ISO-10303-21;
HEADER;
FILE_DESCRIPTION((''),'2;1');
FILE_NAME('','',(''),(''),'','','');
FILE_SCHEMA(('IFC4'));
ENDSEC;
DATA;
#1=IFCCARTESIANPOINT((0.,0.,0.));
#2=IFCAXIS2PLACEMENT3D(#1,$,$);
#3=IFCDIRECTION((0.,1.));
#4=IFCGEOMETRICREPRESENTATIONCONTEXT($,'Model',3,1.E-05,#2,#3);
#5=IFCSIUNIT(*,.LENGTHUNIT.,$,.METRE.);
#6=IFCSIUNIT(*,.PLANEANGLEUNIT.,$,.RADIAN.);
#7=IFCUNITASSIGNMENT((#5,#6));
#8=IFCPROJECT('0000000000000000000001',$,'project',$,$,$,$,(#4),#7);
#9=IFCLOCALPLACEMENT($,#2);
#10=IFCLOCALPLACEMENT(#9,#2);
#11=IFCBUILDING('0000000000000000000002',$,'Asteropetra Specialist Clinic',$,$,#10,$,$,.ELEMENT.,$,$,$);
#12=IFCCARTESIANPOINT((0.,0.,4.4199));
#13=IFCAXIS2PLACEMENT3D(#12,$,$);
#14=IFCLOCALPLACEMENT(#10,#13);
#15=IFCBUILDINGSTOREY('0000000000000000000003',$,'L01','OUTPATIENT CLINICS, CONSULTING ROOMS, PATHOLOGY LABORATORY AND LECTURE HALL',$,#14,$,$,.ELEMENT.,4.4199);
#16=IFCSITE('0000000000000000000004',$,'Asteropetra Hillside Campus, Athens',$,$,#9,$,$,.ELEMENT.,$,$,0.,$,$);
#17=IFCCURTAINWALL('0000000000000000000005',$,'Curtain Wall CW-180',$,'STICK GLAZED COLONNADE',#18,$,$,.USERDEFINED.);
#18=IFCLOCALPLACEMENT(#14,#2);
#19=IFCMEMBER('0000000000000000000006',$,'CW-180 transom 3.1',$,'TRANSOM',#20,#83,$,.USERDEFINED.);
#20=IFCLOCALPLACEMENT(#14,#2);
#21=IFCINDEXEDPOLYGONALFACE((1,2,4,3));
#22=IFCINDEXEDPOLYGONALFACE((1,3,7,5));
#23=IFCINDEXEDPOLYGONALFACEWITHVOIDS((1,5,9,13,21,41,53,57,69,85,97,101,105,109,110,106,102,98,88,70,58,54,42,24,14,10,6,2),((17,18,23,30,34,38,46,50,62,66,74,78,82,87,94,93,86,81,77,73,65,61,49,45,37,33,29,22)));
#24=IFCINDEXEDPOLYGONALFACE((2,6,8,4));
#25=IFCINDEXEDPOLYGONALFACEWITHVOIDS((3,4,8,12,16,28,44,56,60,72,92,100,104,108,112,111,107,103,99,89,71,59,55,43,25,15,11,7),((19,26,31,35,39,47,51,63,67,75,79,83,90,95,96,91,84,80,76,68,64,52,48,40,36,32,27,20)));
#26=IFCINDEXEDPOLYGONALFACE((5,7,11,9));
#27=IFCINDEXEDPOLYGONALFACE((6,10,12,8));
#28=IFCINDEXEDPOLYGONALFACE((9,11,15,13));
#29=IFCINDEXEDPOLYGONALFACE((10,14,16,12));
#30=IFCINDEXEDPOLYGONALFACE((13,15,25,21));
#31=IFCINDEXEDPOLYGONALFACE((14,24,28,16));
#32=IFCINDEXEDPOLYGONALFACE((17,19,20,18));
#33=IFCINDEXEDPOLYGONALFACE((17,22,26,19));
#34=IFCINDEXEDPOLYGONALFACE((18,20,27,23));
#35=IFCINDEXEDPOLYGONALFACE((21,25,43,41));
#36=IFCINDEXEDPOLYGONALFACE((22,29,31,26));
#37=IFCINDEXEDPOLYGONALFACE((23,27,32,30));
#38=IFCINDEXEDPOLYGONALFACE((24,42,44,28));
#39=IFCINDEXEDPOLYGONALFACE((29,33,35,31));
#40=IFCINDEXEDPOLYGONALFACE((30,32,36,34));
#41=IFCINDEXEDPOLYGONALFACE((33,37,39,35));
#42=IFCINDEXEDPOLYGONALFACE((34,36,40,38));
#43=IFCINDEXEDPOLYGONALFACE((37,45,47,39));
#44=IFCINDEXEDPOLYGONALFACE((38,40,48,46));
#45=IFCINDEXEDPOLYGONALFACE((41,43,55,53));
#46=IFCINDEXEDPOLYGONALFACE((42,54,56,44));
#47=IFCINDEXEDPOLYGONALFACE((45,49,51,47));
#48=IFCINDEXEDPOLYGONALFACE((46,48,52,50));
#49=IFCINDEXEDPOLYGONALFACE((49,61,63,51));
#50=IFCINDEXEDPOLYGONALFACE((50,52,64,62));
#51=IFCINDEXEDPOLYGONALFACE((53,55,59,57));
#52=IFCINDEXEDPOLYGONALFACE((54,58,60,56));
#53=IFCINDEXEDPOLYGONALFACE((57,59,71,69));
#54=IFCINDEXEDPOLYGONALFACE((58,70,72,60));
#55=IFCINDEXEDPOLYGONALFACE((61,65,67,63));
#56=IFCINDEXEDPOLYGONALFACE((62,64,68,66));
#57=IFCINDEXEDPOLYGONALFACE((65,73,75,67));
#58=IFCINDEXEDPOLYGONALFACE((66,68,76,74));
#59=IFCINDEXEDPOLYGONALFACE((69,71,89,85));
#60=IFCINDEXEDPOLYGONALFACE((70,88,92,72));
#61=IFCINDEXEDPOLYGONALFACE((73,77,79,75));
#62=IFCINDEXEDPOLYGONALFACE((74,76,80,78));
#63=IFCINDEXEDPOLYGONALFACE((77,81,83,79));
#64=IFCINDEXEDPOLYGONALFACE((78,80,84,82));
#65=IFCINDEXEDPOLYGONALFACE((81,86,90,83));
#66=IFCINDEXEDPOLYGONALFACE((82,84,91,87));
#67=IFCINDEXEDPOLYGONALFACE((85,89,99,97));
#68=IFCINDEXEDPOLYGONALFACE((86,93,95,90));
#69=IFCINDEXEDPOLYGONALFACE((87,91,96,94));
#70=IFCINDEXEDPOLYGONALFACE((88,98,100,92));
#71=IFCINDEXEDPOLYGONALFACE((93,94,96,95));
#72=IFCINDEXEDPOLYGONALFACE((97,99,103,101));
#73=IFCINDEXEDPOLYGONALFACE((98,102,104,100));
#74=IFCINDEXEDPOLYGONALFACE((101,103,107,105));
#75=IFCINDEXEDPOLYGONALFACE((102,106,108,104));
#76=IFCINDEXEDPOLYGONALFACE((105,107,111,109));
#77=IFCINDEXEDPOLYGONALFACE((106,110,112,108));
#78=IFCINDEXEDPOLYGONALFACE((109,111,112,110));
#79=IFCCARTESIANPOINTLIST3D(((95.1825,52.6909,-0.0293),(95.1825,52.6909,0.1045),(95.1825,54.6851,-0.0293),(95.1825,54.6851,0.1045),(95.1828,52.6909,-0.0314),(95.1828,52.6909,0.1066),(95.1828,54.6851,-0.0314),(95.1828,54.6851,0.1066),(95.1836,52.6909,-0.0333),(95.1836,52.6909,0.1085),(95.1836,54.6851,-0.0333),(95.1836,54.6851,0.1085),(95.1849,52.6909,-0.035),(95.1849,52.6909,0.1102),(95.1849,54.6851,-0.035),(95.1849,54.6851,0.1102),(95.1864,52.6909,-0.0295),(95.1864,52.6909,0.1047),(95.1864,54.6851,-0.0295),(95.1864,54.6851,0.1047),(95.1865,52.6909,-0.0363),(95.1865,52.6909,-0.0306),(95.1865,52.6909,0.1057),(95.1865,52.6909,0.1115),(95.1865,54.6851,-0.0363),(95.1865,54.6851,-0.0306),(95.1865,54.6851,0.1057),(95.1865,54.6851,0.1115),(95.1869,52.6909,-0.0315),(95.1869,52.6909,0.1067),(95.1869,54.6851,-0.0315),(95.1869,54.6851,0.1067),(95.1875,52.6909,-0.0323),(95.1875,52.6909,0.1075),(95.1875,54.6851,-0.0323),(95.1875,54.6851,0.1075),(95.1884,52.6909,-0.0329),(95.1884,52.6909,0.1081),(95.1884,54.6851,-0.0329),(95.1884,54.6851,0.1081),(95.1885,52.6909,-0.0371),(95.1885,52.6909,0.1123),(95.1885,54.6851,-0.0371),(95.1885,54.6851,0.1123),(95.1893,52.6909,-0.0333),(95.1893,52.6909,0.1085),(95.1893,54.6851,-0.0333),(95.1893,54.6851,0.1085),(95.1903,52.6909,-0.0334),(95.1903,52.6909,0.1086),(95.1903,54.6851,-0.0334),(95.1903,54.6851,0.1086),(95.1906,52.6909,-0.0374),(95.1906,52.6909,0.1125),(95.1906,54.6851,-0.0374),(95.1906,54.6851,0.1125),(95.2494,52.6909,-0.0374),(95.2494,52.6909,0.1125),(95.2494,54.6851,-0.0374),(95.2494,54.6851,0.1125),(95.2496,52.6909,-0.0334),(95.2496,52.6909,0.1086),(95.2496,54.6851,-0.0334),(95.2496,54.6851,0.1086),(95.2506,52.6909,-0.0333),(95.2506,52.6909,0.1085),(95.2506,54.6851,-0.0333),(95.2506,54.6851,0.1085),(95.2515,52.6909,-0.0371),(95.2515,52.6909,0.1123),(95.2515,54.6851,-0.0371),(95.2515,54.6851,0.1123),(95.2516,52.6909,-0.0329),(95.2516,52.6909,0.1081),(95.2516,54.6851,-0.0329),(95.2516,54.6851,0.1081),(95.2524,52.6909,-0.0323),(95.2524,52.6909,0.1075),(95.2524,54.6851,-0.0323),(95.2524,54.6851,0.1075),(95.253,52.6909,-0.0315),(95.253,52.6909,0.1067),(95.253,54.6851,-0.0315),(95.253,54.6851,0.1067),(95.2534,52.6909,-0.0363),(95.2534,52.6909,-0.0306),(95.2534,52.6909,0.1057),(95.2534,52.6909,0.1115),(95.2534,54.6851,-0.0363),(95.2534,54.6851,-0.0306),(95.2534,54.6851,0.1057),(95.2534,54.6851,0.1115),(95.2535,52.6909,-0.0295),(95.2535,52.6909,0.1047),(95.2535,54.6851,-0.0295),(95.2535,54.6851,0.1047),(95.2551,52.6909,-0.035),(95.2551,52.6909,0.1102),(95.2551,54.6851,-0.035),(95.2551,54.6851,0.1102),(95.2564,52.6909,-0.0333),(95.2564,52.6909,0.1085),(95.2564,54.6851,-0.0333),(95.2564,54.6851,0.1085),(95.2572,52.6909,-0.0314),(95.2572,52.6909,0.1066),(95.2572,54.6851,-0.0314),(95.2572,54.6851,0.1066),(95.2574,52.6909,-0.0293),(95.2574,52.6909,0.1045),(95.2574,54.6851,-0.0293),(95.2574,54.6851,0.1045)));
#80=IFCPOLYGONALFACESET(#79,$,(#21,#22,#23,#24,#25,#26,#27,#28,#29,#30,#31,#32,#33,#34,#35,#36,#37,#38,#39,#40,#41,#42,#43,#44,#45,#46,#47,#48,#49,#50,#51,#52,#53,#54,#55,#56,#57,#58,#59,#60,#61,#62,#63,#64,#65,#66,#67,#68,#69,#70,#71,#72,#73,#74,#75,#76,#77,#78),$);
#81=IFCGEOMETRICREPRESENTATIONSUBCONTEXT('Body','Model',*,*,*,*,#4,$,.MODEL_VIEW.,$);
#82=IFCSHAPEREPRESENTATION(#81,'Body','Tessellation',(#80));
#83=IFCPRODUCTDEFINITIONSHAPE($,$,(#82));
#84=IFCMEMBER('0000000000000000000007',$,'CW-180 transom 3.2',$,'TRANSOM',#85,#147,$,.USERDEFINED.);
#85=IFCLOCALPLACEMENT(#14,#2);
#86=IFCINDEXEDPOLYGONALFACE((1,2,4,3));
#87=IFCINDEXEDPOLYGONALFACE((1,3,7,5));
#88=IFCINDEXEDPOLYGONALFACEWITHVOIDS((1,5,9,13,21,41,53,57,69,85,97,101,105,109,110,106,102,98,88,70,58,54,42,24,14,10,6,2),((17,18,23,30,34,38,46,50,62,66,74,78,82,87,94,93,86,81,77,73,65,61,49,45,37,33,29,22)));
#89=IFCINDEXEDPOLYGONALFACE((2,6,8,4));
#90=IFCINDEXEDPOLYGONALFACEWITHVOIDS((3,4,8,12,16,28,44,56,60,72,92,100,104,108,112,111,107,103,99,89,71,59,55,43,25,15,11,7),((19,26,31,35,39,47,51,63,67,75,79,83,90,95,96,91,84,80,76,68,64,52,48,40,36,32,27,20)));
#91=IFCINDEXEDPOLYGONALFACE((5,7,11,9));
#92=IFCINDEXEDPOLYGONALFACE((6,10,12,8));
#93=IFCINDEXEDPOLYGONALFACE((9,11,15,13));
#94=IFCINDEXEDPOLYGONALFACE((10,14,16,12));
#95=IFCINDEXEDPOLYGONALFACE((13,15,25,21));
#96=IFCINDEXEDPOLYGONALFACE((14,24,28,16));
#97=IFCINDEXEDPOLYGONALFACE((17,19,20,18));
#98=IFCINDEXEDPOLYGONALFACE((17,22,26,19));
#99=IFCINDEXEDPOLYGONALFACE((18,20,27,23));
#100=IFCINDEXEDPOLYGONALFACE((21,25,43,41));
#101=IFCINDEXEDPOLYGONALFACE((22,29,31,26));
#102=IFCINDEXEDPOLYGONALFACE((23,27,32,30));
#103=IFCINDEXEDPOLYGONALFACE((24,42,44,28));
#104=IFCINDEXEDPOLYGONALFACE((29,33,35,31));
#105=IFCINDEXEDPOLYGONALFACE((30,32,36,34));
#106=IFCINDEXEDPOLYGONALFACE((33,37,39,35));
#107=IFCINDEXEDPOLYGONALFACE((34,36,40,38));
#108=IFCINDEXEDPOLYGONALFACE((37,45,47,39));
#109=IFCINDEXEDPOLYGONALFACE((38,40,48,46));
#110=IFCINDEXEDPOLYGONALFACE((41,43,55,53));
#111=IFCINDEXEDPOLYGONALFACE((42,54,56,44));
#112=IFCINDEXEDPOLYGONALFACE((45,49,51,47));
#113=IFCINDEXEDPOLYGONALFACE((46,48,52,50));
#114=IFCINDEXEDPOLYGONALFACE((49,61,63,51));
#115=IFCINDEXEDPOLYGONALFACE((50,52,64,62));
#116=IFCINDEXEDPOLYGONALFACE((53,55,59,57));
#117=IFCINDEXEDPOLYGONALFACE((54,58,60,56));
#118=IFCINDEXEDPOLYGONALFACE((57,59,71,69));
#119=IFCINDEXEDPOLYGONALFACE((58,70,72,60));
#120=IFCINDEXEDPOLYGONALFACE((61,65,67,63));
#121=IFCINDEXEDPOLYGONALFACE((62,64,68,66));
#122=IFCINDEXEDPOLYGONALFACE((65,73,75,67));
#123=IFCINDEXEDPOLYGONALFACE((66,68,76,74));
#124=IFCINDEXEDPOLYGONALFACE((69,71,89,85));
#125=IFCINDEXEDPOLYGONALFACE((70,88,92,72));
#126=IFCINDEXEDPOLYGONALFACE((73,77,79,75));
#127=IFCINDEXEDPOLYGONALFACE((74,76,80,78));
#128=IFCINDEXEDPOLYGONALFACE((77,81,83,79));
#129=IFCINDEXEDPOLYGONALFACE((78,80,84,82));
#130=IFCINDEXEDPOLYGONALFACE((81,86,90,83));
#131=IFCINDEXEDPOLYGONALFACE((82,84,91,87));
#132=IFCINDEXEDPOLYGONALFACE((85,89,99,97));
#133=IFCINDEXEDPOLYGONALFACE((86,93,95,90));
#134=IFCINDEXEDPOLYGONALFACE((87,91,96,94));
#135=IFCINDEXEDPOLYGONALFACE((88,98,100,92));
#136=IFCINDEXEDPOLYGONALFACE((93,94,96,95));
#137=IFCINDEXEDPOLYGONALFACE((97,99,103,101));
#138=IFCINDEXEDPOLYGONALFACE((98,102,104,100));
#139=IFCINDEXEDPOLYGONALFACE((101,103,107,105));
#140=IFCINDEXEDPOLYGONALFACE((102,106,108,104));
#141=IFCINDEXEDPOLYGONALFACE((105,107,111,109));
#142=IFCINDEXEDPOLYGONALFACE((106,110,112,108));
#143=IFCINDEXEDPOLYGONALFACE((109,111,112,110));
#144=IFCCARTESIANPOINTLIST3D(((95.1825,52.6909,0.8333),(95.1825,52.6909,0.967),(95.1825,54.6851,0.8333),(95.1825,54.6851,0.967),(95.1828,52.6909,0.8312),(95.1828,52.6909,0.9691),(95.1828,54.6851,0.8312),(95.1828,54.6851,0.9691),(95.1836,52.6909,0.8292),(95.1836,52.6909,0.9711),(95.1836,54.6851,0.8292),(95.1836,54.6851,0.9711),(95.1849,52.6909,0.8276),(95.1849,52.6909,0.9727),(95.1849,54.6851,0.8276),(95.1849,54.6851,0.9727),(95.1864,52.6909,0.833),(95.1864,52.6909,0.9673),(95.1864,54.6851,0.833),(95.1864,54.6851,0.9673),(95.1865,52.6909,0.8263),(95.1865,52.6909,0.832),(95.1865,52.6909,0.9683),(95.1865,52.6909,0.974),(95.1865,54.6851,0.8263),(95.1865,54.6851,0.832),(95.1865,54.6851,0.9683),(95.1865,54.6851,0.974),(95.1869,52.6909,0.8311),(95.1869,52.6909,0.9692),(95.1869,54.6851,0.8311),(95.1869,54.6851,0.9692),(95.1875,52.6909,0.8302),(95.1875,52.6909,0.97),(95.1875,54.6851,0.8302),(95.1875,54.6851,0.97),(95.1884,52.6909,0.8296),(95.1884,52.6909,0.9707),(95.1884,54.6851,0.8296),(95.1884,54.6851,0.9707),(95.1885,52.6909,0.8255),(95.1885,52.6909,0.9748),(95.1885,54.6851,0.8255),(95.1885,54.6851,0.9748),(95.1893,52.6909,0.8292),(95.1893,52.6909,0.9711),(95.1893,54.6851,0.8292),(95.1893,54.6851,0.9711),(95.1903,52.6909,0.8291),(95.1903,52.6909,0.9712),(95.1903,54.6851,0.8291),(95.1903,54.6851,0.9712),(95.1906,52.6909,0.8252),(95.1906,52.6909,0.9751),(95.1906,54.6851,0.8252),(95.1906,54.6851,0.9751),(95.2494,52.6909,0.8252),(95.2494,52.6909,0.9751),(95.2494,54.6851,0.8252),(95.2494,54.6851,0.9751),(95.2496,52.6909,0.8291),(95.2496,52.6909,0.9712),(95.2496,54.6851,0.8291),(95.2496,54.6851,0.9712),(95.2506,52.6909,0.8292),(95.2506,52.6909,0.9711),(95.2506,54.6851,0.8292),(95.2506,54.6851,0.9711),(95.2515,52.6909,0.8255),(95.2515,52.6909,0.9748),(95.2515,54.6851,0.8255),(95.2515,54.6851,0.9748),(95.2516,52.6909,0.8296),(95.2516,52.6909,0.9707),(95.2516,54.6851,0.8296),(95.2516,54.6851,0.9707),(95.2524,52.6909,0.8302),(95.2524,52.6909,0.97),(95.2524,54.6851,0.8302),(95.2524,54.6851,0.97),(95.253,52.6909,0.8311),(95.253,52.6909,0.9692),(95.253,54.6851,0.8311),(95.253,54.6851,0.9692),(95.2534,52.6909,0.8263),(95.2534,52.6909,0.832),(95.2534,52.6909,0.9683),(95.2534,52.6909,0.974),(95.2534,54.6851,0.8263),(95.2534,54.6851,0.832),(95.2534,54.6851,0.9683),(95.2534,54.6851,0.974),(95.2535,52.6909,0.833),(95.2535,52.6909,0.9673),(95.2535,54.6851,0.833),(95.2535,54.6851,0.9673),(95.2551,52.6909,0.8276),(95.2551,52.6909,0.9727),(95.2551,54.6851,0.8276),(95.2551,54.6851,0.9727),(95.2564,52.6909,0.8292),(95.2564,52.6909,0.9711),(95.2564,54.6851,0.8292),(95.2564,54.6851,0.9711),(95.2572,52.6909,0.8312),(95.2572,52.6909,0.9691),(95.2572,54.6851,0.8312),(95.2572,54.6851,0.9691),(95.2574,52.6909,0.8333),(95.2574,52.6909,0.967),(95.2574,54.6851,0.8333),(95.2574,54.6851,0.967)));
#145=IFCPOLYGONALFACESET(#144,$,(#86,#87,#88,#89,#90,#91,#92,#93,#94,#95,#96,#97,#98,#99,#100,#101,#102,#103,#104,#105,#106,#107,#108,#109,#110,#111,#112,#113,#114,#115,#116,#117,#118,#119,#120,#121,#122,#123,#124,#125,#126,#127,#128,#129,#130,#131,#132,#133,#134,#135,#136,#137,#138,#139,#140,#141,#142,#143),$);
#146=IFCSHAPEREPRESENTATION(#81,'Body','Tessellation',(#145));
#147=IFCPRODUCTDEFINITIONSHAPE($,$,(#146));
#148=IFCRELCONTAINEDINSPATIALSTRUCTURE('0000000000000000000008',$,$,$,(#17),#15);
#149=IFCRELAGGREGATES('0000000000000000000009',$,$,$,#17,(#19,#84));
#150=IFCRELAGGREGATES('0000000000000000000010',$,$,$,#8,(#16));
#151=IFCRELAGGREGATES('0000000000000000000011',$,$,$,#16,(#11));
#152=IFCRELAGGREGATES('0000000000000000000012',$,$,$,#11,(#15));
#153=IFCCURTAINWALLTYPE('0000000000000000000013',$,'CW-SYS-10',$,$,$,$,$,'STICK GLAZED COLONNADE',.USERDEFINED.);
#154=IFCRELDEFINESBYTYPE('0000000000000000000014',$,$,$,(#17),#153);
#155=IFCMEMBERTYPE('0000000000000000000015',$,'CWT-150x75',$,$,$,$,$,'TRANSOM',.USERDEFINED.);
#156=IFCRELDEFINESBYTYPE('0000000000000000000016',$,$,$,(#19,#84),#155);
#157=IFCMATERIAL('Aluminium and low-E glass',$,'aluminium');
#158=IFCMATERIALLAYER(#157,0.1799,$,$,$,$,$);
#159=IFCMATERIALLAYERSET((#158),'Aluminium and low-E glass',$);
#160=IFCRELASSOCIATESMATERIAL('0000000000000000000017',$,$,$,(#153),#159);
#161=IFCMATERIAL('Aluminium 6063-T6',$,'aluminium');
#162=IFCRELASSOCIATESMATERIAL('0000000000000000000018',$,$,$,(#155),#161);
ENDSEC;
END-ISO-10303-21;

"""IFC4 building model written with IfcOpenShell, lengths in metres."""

from ifc_helpers import new_model, si_unit, direction, frame, origin, origin_2d, place, context, subcontext, project, spatial, hollow_rectangle, extrude, material, layer, layer_set, material_profile, profile_set, type_object, element, aggregate, save


model = new_model("IFC4")

# Units and contexts
model_context = context("Model", 3, precision=1e-05, world=origin(), true_north=direction((0.0, 1.0)))
body_context = subcontext(model_context, "Body", "Model", "MODEL_VIEW")
ifc_project = project(units=[si_unit("LENGTHUNIT", "METRE"), si_unit("PLANEANGLEUNIT", "RADIAN")], contexts=[model_context])

# Site, building, storey
site_placement = place(None, origin())
site = spatial("IfcSite", under=ifc_project, at=site_placement, Name="Asteropetra Hillside Campus, Athens", CompositionType="ELEMENT", RefElevation=0.0)
building_placement = place(site_placement, origin())
building = spatial("IfcBuilding", under=site, at=building_placement, Name="Asteropetra Specialist Clinic", CompositionType="ELEMENT")
storey_placement = place(building_placement, frame((0.0, 0.0, 4.4199)))
storey = spatial("IfcBuildingStorey", under=building, at=storey_placement, Name="L01", Description="OUTPATIENT CLINICS, CONSULTING ROOMS, PATHOLOGY LABORATORY AND LECTURE HALL", CompositionType="ELEMENT", Elevation=4.4199)

# Curtain wall
ifc_material_1 = material(Name="Aluminium and low-E glass", Category="aluminium")
ifc_layer_1 = layer(ifc_material_1, 0.1799)
ifc_layer_set_1 = layer_set([ifc_layer_1], Name="Aluminium and low-E glass")
curtain_wall_type_1 = type_object("IfcCurtainWallType", Name="CW-SYS-10", ElementType="STICK GLAZED COLONNADE", PredefinedType="USERDEFINED", material=ifc_layer_set_1)
curtain_wall_1_placement = place(storey_placement, origin())
curtain_wall_1 = element("IfcCurtainWall", 1, at=curtain_wall_1_placement, inside=storey, type_object=curtain_wall_type_1, Name="Curtain Wall CW-180", ObjectType="STICK GLAZED COLONNADE", PredefinedType="USERDEFINED")

# Members
ifc_material_2 = material(Name="Aluminium 6063-T6", Category="aluminium")
ifc_material_profile_1 = material_profile(ifc_material_2, hollow_rectangle(XDim=0.075, YDim=0.1499, WallThickness=0.0039, InnerFilletRadius=0.0039, OuterFilletRadius=0.0081, at=origin_2d()), Name="TRN 150x75x4.0")
ifc_profile_set_1 = profile_set([ifc_material_profile_1], Name="Aluminium 6063-T6")
member_type_1 = type_object("IfcMemberType", Name="CWT-150x75", ElementType="TRANSOM", PredefinedType="USERDEFINED", material=ifc_profile_set_1)
member_1_placement = place(storey_placement, frame((95.22, 52.6909, 0.0376), z_axis=(0.0, 1.0, 0.0), x_axis=(-1.0, 0.0, 0.0)))
member_1 = element("IfcMember", 2, at=member_1_placement, type_object=member_type_1, Name="CW-180 transom 3.1", ObjectType="TRANSOM", PredefinedType="USERDEFINED", context=body_context, shape_type="SweptSolid", body=[
    extrude(hollow_rectangle(XDim=0.075, YDim=0.1499, WallThickness=0.0039, InnerFilletRadius=0.0039, OuterFilletRadius=0.0081, at=origin_2d()), origin(), (0.0, 0.0, 1.0), 1.9941),
])
member_2_placement = place(storey_placement, frame((95.22, 52.6909, 0.9001), z_axis=(0.0, 1.0, 0.0), x_axis=(-1.0, 0.0, 0.0)))
member_2 = element("IfcMember", 3, at=member_2_placement, type_object=member_type_1, Name="CW-180 transom 3.2", ObjectType="TRANSOM", PredefinedType="USERDEFINED", context=body_context, shape_type="SweptSolid", body=[
    extrude(hollow_rectangle(XDim=0.075, YDim=0.1499, WallThickness=0.0039, InnerFilletRadius=0.0039, OuterFilletRadius=0.0081, at=origin_2d()), origin(), (0.0, 0.0, 1.0), 1.9941),
])

aggregate(curtain_wall_1, [member_1, member_2])

save(model, "model.ifc")
